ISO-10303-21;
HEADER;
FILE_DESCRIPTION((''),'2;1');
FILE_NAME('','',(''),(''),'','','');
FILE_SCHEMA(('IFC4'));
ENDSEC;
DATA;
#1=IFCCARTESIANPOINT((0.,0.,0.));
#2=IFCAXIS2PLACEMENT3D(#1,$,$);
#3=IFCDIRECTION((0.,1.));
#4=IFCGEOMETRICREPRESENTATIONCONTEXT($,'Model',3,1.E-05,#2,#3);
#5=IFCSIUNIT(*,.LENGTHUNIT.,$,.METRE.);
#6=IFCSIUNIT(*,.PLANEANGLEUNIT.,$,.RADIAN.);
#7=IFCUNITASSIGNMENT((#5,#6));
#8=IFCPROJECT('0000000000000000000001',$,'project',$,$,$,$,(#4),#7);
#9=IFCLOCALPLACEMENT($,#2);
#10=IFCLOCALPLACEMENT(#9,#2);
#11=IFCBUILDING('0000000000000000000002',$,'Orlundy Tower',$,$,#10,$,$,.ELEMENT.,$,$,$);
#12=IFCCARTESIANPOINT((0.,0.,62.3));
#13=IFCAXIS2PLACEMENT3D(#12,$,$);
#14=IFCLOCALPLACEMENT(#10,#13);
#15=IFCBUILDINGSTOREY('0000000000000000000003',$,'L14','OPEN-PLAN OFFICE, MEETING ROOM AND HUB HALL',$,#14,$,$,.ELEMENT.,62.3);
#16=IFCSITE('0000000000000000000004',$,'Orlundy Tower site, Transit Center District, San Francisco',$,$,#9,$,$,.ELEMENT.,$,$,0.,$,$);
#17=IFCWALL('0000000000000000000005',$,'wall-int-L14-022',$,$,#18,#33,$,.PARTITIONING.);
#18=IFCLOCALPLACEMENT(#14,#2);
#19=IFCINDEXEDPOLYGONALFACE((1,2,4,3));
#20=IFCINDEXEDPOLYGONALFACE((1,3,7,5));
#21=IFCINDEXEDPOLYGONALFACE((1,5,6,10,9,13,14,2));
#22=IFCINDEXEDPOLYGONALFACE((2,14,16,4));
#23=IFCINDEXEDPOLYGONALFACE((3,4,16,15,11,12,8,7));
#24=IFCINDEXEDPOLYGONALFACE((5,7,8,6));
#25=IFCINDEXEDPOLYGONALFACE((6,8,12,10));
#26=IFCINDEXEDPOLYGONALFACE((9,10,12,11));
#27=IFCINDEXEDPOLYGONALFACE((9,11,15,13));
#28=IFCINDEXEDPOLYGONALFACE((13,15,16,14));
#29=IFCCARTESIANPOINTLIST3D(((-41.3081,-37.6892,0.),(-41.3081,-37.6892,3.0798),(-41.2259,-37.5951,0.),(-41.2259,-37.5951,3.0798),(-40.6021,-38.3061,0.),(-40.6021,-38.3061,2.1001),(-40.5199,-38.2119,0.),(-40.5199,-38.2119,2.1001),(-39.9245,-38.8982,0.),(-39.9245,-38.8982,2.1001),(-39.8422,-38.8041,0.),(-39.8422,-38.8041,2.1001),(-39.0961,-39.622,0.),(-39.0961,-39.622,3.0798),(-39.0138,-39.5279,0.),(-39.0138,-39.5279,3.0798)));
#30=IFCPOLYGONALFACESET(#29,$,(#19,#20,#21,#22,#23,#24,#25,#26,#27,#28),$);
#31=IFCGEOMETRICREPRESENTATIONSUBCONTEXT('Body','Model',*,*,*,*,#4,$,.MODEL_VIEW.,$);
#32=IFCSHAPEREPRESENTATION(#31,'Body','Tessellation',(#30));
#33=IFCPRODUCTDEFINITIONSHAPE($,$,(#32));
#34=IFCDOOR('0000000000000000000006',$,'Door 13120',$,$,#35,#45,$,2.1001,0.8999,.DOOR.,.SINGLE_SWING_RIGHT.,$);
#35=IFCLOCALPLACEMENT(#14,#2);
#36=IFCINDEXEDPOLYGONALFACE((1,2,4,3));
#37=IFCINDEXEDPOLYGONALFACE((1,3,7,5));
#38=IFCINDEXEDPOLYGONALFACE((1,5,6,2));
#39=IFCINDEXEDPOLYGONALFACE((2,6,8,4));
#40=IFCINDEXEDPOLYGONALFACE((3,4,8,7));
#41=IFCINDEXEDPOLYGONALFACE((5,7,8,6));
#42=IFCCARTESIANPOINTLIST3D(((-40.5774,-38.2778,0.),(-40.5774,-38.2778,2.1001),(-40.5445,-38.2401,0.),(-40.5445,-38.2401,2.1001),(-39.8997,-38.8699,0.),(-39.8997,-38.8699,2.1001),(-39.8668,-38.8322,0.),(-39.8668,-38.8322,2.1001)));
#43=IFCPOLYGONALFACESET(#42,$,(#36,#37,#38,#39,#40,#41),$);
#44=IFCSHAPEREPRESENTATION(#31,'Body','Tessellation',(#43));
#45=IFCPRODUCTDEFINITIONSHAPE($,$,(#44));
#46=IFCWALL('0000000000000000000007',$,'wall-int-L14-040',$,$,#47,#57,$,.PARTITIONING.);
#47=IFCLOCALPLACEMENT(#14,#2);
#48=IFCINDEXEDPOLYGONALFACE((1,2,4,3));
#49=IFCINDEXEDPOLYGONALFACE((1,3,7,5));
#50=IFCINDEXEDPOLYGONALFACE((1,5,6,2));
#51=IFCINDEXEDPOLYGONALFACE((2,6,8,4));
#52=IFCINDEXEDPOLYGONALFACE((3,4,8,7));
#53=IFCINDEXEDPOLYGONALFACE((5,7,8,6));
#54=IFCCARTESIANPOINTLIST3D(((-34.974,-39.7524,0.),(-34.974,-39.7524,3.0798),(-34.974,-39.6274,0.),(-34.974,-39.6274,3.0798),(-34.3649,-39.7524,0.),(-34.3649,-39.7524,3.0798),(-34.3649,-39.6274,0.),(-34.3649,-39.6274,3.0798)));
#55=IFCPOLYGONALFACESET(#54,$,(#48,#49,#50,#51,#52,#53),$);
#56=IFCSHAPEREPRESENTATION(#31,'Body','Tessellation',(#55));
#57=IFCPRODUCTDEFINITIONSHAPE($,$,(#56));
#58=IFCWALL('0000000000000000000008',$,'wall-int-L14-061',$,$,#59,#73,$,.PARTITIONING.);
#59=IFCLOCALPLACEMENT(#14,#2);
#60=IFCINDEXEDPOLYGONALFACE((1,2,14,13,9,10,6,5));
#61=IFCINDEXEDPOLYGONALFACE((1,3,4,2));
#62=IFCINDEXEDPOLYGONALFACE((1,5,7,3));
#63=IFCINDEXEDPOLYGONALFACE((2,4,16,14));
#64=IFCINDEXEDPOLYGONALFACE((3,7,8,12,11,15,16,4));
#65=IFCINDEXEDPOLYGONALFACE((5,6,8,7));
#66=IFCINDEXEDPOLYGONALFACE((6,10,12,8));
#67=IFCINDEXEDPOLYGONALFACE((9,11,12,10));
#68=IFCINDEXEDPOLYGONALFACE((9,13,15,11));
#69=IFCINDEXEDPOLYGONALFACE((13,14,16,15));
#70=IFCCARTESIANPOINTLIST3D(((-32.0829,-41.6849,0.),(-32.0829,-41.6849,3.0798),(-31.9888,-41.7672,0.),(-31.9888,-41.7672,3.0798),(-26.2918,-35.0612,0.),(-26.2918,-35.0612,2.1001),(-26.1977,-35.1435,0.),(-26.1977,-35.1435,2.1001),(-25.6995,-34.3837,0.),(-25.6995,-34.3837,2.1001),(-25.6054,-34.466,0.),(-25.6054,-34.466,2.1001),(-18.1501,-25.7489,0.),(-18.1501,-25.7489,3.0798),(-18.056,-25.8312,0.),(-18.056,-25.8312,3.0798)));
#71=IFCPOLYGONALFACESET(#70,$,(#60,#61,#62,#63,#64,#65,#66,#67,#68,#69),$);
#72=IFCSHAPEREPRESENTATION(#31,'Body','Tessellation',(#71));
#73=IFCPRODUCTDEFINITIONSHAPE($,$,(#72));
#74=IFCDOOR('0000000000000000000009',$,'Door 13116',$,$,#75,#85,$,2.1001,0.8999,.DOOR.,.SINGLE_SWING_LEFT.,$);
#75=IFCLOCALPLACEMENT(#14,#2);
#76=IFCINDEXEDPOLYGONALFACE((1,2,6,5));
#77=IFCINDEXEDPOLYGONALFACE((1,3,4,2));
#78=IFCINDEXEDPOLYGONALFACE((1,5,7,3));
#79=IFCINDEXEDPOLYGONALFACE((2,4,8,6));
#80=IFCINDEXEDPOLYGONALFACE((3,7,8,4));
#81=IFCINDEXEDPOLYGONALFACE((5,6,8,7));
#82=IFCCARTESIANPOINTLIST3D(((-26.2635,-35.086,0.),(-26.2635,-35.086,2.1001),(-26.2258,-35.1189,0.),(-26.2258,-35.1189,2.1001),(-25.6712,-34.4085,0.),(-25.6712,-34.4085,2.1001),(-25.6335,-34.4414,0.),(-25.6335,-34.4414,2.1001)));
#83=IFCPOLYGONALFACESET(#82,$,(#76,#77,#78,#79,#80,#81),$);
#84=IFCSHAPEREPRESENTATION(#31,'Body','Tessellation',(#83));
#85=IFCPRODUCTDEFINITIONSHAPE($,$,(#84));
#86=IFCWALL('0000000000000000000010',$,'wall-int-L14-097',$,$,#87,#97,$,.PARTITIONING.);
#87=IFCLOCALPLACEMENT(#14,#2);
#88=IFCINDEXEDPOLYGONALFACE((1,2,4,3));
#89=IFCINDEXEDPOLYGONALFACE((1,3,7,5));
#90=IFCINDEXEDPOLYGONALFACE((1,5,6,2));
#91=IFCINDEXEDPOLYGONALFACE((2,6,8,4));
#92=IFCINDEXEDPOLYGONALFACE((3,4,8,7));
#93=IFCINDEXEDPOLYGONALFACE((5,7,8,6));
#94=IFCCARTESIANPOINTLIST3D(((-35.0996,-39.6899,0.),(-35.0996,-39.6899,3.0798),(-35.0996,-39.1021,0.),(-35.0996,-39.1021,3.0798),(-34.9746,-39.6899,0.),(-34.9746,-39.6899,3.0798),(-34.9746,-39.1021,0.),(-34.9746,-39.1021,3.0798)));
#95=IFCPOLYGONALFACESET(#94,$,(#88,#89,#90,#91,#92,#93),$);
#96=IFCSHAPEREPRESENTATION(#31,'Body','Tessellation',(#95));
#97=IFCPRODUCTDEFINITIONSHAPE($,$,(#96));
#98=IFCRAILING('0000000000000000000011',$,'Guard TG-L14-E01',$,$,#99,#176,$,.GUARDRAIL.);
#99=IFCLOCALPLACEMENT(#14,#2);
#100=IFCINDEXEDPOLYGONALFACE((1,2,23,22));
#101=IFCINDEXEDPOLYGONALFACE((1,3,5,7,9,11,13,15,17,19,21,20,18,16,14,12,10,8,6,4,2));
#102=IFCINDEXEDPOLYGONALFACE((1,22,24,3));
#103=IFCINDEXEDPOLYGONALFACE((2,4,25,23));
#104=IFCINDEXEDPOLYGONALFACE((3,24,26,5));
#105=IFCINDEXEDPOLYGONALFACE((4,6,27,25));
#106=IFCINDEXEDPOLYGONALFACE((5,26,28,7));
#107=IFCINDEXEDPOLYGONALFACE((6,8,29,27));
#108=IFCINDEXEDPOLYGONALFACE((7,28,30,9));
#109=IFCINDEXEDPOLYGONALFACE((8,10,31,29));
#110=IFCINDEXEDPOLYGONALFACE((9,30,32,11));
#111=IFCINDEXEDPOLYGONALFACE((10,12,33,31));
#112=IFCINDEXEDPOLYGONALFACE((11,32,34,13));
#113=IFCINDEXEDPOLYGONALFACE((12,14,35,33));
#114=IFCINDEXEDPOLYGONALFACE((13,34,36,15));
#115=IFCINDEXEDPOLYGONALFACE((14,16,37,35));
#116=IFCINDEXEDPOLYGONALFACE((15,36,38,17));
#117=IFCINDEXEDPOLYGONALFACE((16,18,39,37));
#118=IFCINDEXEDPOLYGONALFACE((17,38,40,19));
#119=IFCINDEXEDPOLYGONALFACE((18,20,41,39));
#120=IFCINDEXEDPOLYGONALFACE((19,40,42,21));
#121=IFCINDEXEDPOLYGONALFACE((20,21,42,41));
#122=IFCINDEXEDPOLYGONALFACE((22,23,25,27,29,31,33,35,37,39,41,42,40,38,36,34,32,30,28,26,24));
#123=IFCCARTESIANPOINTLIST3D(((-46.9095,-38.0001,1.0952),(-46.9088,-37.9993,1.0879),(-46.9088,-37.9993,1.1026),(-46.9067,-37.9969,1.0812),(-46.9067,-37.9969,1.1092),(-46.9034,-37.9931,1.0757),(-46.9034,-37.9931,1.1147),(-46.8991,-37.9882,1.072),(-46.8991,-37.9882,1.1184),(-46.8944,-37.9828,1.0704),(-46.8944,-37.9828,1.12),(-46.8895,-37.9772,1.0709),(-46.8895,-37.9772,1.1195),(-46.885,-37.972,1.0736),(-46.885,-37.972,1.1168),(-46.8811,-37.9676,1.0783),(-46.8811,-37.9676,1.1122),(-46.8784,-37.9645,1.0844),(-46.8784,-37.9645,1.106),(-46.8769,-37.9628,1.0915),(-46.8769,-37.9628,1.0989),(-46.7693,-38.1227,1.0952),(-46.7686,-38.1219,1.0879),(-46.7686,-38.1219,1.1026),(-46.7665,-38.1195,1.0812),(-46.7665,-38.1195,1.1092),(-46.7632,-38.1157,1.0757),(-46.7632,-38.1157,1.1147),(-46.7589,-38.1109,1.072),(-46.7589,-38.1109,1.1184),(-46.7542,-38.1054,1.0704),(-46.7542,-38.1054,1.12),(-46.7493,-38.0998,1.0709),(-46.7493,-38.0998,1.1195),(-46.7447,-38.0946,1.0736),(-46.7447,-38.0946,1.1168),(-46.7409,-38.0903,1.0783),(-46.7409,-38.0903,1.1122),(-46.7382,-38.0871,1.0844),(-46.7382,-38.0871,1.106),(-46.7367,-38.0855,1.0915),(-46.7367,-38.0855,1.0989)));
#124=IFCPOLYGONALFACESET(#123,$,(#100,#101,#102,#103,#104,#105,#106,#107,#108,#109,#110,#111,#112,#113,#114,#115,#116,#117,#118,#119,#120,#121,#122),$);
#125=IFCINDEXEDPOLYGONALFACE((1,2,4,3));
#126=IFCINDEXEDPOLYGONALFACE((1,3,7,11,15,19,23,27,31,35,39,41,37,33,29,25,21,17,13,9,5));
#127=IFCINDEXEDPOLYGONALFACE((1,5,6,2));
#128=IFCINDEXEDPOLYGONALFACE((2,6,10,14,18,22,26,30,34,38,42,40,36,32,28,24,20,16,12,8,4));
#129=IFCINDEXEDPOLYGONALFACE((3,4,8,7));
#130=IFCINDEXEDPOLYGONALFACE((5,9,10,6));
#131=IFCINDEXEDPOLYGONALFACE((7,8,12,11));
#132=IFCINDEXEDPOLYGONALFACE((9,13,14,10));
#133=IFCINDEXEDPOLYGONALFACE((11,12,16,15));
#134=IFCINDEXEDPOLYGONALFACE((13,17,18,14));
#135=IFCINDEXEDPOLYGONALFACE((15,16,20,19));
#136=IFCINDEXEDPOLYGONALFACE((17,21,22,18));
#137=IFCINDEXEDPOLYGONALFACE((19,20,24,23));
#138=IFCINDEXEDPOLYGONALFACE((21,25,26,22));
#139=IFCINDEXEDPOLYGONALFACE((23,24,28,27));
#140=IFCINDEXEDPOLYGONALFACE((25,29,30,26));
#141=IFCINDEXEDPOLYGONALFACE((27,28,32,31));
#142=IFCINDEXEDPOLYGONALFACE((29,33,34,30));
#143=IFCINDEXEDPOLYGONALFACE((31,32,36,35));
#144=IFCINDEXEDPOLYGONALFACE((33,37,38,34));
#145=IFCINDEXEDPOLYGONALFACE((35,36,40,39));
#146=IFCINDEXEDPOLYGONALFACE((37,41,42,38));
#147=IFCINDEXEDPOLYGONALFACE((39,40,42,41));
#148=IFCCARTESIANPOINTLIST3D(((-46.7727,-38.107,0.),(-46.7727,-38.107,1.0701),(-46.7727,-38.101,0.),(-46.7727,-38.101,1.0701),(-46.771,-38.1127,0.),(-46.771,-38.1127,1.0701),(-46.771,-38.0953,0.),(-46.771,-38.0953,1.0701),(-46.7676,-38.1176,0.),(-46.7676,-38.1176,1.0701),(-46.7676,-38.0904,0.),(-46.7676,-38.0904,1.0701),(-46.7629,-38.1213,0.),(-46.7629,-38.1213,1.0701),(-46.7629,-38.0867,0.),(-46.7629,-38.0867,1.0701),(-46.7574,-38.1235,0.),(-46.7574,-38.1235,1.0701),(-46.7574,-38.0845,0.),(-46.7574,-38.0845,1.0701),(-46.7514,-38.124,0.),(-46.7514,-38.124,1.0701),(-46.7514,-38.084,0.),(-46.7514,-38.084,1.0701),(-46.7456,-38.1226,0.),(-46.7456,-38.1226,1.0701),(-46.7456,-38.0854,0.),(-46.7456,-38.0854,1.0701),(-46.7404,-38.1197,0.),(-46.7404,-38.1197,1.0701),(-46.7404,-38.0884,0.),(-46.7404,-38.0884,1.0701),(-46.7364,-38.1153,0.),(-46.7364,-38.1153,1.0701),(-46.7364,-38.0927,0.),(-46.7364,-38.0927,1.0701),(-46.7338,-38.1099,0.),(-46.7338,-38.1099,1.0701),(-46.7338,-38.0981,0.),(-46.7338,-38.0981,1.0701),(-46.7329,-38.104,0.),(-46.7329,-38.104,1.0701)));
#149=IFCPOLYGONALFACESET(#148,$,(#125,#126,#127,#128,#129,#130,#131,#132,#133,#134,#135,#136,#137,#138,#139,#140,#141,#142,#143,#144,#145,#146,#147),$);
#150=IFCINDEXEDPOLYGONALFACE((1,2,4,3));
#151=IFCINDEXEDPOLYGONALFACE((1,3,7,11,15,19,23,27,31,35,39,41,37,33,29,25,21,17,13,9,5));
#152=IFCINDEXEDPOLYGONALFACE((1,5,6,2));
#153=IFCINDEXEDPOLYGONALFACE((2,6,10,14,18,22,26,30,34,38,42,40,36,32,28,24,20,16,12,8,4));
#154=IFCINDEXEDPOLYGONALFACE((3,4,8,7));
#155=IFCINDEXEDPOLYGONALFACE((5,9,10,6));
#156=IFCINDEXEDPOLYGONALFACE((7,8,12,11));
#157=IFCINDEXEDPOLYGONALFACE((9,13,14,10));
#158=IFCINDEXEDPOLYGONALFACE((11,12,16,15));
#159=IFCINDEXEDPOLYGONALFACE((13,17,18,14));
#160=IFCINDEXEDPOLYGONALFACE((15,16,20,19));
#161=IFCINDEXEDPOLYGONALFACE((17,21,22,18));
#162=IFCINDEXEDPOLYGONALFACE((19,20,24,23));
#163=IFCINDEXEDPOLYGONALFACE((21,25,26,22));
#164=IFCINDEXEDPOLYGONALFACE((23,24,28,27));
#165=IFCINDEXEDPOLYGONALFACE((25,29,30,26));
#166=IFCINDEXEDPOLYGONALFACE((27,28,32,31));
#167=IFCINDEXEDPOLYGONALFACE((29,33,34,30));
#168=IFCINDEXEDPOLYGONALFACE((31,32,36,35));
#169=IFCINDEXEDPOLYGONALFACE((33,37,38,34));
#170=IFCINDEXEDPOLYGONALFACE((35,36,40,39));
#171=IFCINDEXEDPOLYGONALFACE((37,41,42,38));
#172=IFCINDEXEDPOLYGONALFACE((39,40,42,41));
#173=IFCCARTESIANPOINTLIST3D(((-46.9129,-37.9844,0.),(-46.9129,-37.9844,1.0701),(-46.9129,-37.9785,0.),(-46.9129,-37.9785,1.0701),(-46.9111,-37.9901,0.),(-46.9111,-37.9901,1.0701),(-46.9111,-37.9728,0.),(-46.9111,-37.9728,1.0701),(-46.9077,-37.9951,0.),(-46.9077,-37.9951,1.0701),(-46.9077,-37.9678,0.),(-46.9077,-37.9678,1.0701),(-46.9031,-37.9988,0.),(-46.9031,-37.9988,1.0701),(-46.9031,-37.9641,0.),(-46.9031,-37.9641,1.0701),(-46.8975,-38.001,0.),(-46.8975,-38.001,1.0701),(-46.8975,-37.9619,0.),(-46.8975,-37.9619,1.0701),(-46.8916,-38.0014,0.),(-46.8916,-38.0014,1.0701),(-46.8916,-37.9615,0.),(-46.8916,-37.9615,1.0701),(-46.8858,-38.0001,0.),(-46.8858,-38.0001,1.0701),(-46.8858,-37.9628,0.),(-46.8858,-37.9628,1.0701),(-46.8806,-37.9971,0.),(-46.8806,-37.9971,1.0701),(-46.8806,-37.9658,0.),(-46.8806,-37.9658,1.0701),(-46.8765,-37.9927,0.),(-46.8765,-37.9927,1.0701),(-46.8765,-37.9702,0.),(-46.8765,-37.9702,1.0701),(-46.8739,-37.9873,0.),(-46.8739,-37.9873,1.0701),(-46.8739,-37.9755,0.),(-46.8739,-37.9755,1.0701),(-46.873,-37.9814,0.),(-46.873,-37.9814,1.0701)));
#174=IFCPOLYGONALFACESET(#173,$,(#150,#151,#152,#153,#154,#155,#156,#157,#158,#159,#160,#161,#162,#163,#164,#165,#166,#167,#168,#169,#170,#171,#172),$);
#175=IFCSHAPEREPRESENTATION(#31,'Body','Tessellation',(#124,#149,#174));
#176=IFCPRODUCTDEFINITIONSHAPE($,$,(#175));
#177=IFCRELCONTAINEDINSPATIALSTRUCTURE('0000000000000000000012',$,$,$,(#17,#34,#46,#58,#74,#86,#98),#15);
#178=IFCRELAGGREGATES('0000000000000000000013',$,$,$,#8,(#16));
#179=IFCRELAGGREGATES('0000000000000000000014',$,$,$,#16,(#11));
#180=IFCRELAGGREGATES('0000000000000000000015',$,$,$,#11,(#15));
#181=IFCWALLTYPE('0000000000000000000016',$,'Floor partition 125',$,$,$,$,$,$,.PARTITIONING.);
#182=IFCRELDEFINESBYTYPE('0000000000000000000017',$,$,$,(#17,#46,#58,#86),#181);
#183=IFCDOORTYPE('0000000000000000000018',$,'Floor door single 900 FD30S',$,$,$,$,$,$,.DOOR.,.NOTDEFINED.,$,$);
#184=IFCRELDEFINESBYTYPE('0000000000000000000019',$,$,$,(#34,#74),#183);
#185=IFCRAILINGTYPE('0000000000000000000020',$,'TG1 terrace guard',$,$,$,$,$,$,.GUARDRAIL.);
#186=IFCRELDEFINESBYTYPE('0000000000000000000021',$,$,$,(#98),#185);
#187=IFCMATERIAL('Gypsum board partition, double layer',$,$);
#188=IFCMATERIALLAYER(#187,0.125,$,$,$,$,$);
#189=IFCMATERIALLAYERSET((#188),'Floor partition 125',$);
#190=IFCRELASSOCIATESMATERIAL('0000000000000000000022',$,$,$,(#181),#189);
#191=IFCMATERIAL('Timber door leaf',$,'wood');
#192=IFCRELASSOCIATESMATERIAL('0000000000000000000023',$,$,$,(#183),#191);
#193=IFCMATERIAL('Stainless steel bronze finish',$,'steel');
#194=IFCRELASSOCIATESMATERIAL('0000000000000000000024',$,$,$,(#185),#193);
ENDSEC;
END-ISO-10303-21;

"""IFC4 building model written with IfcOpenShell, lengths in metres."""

from ifc_helpers import new_model, si_unit, direction, frame, frame_2d, origin, origin_2d, place, context, subcontext, project, spatial, rectangle, circle, extrude, material, layer, layer_set, type_object, element, fill, save


model = new_model("IFC4")

# Units and contexts
model_context = context("Model", 3, precision=1e-05, world=origin(), true_north=direction((0.0, 1.0)))
body_context = subcontext(model_context, "Body", "Model", "MODEL_VIEW")
ifc_project = project(units=[si_unit("LENGTHUNIT", "METRE"), si_unit("PLANEANGLEUNIT", "RADIAN")], contexts=[model_context])

# Site, building, storey
site_placement = place(None, origin())
site = spatial("IfcSite", under=ifc_project, at=site_placement, Name="Orlundy Tower site, Transit Center District, San Francisco", CompositionType="ELEMENT", RefElevation=0.0)
building_placement = place(site_placement, origin())
building = spatial("IfcBuilding", under=site, at=building_placement, Name="Orlundy Tower", CompositionType="ELEMENT")
storey_placement = place(building_placement, frame((0.0, 0.0, 62.3)))
storey = spatial("IfcBuildingStorey", under=building, at=storey_placement, Name="L14", Description="OPEN-PLAN OFFICE, MEETING ROOM AND HUB HALL", CompositionType="ELEMENT", Elevation=62.3)

# Wall, opening, door
ifc_material_1 = material(Name="Gypsum board partition, double layer")
ifc_layer_1 = layer(ifc_material_1, 0.125)
ifc_layer_set_1 = layer_set([ifc_layer_1], Name="Floor partition 125")
wall_type_1 = type_object("IfcWallType", Name="Floor partition 125", PredefinedType="PARTITIONING", material=ifc_layer_set_1)
ifc_material_2 = material(Name="Timber door leaf", Category="wood")
door_type = type_object("IfcDoorType", Name="Floor door single 900 FD30S", OperationType="NOTDEFINED", PredefinedType="DOOR", material=ifc_material_2)
wall_1_placement = place(storey_placement, frame((-39.0549, -39.575, 0.0), z_axis=(0.0, 0.0, 1.0), x_axis=(-0.753045, 0.657969, 0.0)))
wall_1 = element("IfcWall", 1, at=wall_1_placement, inside=storey, type_object=wall_type_1, Name="wall-int-L14-022", PredefinedType="PARTITIONING", context=body_context, shape_type="SweptSolid", body=[
    extrude(rectangle(XDim=2.9375, YDim=0.125, at=frame_2d((1.4688, 0.0))), origin(), (0.0, 0.0, 1.0), 3.0798),
])
opening_1_placement = place(wall_1_placement, frame((1.1001, 0.0, 0.0)))
opening_1 = element("IfcOpeningElement", 2, at=opening_1_placement, cuts=wall_1, PredefinedType="OPENING", context=body_context, shape_type="SweptSolid", body=[
    extrude(rectangle(XDim=0.8999, YDim=2.1001, at=frame_2d((0.45, 1.05))), frame((0.0, 0.0725, 0.0), z_axis=(0.0, -1.0, 0.0), x_axis=(1.0, 0.0, 0.0)), (0.0, 0.0, 1.0), 0.145),
])
door_1_placement = place(opening_1_placement, origin())
door_1 = element("IfcDoor", 3, at=door_1_placement, inside=storey, type_object=door_type, Name="Door 13120", OperationType="SINGLE_SWING_RIGHT", OverallHeight=2.1001, OverallWidth=0.8999, PredefinedType="DOOR", context=body_context, shape_type="SweptSolid", body=[
    extrude(rectangle(XDim=0.8999, YDim=2.1001, at=frame_2d((0.45, 1.05))), frame((0.0, 0.0249, 0.0), z_axis=(0.0, -1.0, 0.0), x_axis=(1.0, 0.0, 0.0)), (0.0, 0.0, 1.0), 0.05),
])
fill(opening_1, door_1)

# Wall
wall_2_placement = place(storey_placement, frame((-34.9741, -39.6899, 0.0), z_axis=(0.0, 0.0, 1.0), x_axis=(1.0, 0.0, 0.0)))
element("IfcWall", 4, at=wall_2_placement, inside=storey, type_object=wall_type_1, Name="wall-int-L14-040", PredefinedType="PARTITIONING", context=body_context, shape_type="SweptSolid", body=[
    extrude(rectangle(XDim=0.6091, YDim=0.125, at=frame_2d((0.3047, 0.0))), origin(), (0.0, 0.0, 1.0), 3.0798),
])

# Wall, opening, door
wall_3_placement = place(storey_placement, frame((-32.0359, -41.7261, 0.0), z_axis=(0.0, 0.0, 1.0), x_axis=(0.658206, 0.752838, 0.0)))
wall_3 = element("IfcWall", 5, at=wall_3_placement, inside=storey, type_object=wall_type_1, Name="wall-int-L14-061", PredefinedType="PARTITIONING", context=body_context, shape_type="SweptSolid", body=[
    extrude(rectangle(XDim=21.168, YDim=0.125, at=frame_2d((10.584, 0.0))), origin(), (0.0, 0.0, 1.0), 3.0798),
])
opening_2_placement = place(wall_3_placement, frame((8.7983, 0.0, 0.0)))
opening_2 = element("IfcOpeningElement", 6, at=opening_2_placement, cuts=wall_3, PredefinedType="OPENING", context=body_context, shape_type="SweptSolid", body=[
    extrude(rectangle(XDim=0.8999, YDim=2.1001, at=frame_2d((0.45, 1.05))), frame((0.0, 0.0725, 0.0), z_axis=(0.0, -1.0, 0.0), x_axis=(1.0, 0.0, 0.0)), (0.0, 0.0, 1.0), 0.145),
])
door_2_placement = place(opening_2_placement, origin())
door_2 = element("IfcDoor", 7, at=door_2_placement, inside=storey, type_object=door_type, Name="Door 13116", OperationType="SINGLE_SWING_LEFT", OverallHeight=2.1001, OverallWidth=0.8999, PredefinedType="DOOR", context=body_context, shape_type="SweptSolid", body=[
    extrude(rectangle(XDim=0.8999, YDim=2.1001, at=frame_2d((0.45, 1.05))), frame((0.0, 0.0249, 0.0), z_axis=(0.0, -1.0, 0.0), x_axis=(1.0, 0.0, 0.0)), (0.0, 0.0, 1.0), 0.05),
])
fill(opening_2, door_2)

# Wall
wall_4_placement = place(storey_placement, frame((-35.0371, -39.6899, 0.0), z_axis=(0.0, 0.0, 1.0), x_axis=(0.0, 1.0, 0.0)))
element("IfcWall", 8, at=wall_4_placement, inside=storey, type_object=wall_type_1, Name="wall-int-L14-097", PredefinedType="PARTITIONING", context=body_context, shape_type="SweptSolid", body=[
    extrude(rectangle(XDim=0.5879, YDim=0.125, at=frame_2d((0.2939, 0.0))), origin(), (0.0, 0.0, 1.0), 3.0798),
])

# Railing
ifc_material_3 = material(Name="Stainless steel bronze finish", Category="steel")
railing_type = type_object("IfcRailingType", Name="TG1 terrace guard", PredefinedType="GUARDRAIL", material=ifc_material_3)
railing_placement = place(storey_placement, frame((-46.7529, -38.104, 0.0)))
element("IfcRailing", 9, at=railing_placement, inside=storey, type_object=railing_type, Name="Guard TG-L14-E01", PredefinedType="GUARDRAIL", context=body_context, shape_type="SweptSolid", body=[
    extrude(circle(Radius=0.0249, at=origin_2d()), frame((0.0, 0.0, 1.0952), z_axis=(-0.752739, 0.658319, 0.0), x_axis=(-0.658319, -0.752739, 0.0)), (0.0, 0.0, 1.0), 0.1863),
    extrude(circle(Radius=0.02, at=origin_2d()), origin(), (0.0, 0.0, 1.0), 1.0701),
    extrude(circle(Radius=0.02, at=origin_2d()), frame((-0.1401, 0.1226, 0.0)), (0.0, 0.0, 1.0), 1.0701),
])

save(model, "model.ifc")
